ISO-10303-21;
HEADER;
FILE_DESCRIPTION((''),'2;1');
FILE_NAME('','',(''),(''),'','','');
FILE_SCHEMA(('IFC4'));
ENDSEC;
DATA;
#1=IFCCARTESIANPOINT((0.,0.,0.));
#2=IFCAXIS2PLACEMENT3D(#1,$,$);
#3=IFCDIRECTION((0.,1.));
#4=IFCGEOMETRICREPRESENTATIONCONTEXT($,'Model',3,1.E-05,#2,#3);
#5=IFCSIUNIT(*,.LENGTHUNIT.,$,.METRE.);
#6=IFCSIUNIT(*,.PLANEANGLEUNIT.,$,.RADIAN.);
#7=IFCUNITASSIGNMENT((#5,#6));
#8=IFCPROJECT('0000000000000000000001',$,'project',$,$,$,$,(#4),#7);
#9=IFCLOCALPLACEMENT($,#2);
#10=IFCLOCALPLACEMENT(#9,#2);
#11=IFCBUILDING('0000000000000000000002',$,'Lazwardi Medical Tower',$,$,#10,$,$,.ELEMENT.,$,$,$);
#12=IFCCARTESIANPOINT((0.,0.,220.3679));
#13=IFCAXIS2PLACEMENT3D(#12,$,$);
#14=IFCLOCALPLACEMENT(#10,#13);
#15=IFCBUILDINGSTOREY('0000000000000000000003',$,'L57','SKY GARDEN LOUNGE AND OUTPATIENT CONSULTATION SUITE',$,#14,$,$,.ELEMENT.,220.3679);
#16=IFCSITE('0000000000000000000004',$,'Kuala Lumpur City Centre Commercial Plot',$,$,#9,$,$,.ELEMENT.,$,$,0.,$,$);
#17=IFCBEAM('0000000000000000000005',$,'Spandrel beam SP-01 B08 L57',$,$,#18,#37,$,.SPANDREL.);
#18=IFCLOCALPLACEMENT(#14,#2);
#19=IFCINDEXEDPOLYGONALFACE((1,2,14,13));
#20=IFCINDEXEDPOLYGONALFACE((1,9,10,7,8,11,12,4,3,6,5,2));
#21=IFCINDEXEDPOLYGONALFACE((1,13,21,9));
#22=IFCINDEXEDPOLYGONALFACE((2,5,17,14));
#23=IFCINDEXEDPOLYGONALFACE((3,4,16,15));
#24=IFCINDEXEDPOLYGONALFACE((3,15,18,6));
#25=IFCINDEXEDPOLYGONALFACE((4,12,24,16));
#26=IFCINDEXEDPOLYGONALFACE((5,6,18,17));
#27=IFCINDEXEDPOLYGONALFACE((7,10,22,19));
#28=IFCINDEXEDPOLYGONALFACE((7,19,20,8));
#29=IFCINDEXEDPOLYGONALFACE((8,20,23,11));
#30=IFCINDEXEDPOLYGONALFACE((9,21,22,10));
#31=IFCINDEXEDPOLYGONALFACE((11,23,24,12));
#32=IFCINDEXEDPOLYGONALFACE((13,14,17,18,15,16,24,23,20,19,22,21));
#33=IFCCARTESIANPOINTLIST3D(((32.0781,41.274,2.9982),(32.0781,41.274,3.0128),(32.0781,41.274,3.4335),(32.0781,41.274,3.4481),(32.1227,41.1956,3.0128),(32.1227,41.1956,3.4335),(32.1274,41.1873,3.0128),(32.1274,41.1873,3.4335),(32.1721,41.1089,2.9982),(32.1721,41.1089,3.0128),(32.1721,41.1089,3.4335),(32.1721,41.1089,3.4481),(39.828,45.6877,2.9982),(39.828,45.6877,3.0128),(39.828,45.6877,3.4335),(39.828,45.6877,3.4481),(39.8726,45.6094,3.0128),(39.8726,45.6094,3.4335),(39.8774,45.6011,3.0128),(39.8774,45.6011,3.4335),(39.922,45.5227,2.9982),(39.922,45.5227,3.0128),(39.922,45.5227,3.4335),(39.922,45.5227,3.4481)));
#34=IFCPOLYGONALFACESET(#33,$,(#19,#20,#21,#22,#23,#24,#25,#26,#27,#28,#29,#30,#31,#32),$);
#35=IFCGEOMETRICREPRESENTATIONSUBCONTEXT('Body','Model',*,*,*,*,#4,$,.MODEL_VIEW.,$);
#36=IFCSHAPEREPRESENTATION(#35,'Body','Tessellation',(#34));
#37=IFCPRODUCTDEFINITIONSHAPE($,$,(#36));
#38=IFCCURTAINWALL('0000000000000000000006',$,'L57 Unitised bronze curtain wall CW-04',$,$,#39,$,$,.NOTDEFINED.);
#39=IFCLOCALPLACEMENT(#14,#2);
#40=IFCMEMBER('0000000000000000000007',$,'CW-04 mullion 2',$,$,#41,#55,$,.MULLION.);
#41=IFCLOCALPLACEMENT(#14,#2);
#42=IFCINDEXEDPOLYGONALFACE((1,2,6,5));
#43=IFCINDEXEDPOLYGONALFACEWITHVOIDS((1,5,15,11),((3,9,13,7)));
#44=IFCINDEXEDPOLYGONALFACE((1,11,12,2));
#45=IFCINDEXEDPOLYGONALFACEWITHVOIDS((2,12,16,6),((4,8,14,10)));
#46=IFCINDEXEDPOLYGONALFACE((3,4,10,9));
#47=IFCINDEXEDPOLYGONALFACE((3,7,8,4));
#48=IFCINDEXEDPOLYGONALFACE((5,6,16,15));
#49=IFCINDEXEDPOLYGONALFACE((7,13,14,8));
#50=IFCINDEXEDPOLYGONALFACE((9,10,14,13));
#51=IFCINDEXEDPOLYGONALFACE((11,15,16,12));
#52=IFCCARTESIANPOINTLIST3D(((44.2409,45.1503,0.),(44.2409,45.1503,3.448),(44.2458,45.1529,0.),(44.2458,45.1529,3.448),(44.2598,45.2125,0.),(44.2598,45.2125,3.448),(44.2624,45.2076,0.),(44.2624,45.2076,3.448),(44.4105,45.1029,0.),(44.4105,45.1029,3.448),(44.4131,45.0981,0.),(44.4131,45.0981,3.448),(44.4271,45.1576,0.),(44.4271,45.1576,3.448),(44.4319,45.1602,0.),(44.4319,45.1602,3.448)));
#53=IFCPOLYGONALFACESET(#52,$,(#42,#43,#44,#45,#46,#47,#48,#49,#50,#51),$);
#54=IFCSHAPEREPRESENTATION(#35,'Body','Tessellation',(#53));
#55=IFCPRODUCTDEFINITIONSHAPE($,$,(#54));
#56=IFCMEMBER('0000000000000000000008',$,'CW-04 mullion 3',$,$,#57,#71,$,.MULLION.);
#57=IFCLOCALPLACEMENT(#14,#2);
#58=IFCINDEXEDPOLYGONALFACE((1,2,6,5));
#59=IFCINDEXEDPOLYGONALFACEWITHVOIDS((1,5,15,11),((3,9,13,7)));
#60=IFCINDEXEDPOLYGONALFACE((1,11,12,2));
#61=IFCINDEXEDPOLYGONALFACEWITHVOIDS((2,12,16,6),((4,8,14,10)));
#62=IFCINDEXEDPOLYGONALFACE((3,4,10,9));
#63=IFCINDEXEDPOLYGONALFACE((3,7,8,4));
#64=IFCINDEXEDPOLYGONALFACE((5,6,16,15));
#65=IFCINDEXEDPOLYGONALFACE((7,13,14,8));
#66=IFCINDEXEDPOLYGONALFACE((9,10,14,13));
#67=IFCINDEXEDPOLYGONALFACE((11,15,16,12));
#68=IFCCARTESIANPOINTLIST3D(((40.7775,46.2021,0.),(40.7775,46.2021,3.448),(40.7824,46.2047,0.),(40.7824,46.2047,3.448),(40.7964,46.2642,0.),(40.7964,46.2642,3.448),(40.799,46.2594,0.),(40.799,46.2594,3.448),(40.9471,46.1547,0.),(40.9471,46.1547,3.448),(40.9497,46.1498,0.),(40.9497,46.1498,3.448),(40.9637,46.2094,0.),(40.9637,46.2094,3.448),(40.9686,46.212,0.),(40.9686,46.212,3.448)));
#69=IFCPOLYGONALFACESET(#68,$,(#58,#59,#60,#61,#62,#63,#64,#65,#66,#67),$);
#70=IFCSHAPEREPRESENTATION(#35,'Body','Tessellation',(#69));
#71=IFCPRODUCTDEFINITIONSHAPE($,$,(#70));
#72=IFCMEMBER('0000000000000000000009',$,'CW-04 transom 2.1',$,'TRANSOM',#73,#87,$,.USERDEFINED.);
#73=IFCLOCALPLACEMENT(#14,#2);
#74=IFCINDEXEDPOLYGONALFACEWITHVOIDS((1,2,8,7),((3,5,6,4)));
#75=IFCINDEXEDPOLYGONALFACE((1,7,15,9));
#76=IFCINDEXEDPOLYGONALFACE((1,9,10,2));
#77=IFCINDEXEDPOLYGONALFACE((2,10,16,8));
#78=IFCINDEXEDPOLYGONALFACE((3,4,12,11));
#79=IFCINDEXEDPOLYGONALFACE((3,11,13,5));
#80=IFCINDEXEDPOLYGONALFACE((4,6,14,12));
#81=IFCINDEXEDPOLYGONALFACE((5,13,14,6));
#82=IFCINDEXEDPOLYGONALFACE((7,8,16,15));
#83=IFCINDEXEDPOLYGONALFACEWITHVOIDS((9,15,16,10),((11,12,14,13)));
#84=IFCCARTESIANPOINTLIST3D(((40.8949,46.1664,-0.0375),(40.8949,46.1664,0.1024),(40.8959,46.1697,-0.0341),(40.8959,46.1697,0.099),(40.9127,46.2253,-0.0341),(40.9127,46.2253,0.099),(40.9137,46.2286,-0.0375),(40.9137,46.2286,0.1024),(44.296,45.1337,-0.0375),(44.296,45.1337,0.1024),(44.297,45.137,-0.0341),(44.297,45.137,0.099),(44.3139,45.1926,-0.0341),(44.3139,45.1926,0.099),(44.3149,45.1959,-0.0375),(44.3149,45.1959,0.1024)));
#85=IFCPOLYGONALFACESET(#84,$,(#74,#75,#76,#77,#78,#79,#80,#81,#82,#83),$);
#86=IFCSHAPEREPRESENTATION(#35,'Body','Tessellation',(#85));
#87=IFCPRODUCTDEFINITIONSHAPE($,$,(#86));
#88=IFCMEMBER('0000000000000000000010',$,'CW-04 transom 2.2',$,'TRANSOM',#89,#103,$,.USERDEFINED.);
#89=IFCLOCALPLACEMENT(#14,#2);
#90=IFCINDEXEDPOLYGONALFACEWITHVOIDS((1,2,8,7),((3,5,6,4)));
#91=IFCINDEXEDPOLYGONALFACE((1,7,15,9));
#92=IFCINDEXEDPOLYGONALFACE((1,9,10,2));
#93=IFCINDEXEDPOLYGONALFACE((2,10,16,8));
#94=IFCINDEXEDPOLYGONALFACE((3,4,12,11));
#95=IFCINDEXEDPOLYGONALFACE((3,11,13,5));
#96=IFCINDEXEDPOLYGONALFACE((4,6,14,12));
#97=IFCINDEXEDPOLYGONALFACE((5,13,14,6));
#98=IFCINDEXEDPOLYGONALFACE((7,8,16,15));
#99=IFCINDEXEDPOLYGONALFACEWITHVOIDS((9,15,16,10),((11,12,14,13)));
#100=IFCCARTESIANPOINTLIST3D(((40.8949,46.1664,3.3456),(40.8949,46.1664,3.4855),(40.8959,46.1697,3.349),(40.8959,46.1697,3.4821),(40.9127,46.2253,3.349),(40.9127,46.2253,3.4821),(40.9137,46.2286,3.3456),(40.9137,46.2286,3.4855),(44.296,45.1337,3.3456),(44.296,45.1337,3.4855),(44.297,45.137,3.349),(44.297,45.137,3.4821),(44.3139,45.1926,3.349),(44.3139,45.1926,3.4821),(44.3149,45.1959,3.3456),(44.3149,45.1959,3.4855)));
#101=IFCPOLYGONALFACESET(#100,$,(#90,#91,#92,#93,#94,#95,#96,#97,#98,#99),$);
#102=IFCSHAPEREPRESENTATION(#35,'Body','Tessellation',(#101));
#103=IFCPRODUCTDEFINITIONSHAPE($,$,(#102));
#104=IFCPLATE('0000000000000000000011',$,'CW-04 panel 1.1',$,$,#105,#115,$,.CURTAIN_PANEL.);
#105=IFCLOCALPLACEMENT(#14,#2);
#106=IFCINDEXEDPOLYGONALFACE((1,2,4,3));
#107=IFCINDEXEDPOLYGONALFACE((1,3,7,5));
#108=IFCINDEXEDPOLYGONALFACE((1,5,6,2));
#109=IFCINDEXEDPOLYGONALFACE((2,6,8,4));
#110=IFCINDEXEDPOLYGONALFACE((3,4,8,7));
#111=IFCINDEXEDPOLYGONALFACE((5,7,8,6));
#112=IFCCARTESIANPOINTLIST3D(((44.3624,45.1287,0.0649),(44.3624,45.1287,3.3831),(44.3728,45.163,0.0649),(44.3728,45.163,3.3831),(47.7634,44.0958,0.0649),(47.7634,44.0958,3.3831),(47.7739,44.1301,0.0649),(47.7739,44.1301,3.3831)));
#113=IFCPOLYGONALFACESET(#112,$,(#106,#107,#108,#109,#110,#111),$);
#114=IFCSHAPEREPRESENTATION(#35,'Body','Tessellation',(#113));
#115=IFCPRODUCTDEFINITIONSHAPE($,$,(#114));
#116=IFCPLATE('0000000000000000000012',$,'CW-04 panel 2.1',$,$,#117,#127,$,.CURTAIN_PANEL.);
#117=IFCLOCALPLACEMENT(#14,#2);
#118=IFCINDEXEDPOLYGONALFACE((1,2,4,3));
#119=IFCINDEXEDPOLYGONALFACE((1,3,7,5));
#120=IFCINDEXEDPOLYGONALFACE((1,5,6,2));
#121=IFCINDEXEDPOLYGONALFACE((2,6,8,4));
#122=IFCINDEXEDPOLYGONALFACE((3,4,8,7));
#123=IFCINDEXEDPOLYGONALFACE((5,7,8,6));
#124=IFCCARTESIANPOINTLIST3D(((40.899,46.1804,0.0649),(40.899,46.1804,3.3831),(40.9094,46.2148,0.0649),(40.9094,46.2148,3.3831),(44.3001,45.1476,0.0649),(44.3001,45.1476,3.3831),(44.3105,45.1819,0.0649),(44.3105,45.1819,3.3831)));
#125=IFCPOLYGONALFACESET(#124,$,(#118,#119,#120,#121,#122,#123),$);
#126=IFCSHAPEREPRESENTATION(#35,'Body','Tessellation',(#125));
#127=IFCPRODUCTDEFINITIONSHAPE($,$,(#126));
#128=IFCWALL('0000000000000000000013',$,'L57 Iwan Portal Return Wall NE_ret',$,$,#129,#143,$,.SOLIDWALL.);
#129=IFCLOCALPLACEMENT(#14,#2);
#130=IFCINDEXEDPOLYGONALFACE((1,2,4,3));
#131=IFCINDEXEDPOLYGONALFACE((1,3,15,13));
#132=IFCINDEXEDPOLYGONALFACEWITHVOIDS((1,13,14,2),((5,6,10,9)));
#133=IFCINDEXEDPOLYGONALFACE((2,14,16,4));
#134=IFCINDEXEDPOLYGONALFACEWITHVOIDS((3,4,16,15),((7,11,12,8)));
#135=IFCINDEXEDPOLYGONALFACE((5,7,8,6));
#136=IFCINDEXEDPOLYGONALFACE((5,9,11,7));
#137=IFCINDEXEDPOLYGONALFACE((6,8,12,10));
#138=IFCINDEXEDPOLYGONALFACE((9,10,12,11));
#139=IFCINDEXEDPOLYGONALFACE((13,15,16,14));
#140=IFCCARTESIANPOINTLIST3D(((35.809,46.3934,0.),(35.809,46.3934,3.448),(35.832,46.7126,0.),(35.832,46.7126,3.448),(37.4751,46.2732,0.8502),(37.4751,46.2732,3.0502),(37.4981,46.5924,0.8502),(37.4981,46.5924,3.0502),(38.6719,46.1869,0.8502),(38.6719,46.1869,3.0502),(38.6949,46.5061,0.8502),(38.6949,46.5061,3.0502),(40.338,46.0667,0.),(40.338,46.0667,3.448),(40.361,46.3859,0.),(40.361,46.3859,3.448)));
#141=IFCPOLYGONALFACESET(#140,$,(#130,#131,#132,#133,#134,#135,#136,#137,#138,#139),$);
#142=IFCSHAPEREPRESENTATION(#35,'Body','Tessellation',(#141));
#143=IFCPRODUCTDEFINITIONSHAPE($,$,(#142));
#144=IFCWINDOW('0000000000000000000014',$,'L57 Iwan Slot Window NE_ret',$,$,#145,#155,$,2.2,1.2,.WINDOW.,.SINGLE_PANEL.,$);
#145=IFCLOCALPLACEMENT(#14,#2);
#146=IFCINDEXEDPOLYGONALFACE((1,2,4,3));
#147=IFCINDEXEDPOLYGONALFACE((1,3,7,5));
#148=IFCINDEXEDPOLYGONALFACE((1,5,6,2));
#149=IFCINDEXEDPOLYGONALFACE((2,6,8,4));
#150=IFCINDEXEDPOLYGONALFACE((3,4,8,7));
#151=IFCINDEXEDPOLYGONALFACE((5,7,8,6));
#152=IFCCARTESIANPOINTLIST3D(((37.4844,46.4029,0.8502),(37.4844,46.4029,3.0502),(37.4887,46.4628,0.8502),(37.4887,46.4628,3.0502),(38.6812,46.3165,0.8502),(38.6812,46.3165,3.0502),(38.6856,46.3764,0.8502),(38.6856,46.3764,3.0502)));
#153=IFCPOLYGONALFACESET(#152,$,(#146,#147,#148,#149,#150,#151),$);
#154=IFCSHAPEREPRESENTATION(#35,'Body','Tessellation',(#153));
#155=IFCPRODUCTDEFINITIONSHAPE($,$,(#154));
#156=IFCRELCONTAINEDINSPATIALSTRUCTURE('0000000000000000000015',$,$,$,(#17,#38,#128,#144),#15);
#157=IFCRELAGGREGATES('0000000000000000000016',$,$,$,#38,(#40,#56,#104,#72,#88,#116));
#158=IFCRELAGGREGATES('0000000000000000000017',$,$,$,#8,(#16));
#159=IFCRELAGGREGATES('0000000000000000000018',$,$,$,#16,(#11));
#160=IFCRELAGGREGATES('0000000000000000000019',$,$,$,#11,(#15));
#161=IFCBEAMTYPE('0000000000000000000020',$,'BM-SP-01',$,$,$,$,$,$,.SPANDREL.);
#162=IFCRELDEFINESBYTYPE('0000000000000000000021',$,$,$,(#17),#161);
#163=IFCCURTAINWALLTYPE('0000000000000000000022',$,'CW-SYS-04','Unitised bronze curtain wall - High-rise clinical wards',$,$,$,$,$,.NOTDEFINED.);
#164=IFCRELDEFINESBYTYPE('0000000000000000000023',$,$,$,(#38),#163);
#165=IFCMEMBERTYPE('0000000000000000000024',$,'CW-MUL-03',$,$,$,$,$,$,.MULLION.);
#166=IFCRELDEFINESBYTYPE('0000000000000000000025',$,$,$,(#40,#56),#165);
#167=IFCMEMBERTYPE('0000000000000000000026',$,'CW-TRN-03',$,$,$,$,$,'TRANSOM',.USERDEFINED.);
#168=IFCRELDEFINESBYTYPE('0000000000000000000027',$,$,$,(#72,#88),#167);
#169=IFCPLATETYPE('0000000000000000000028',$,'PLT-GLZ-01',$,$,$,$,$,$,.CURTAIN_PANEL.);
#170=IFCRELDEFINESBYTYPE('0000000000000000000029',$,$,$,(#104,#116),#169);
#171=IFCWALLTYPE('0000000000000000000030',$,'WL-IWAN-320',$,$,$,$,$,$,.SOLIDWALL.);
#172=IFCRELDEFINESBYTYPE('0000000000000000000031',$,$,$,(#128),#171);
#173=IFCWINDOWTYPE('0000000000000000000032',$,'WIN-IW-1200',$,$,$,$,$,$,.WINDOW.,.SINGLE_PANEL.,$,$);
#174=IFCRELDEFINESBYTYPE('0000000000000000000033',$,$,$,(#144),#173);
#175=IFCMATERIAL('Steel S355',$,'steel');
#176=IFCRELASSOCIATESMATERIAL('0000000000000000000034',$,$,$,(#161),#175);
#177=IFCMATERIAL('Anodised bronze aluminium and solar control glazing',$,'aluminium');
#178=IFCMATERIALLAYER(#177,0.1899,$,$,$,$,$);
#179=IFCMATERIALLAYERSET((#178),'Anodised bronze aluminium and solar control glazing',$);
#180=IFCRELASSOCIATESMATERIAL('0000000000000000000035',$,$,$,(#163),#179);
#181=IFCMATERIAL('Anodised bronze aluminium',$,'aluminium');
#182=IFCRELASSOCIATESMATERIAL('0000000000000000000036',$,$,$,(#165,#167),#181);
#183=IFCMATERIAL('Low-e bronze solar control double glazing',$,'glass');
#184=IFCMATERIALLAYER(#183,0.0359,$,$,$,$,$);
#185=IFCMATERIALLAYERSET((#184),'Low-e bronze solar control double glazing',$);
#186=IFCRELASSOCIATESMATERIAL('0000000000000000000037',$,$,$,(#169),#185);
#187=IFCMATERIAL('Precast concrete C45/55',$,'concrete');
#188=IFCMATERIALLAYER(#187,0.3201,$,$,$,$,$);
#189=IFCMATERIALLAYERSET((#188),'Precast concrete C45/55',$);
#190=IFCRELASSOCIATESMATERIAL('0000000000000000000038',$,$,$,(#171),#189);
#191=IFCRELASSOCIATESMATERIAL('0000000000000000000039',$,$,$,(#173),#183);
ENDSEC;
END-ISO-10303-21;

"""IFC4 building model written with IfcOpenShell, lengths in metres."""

from ifc_helpers import new_model, si_unit, direction, frame, frame_2d, origin, origin_2d, place, context, subcontext, project, spatial, rectangle, hollow_rectangle, i_section, extrude, material, layer, layer_set, material_profile, profile_set, type_object, element, fill, aggregate, save


model = new_model("IFC4")

# Units and contexts
model_context = context("Model", 3, precision=1e-05, world=origin(), true_north=direction((0.0, 1.0)))
body_context = subcontext(model_context, "Body", "Model", "MODEL_VIEW")
ifc_project = project(units=[si_unit("LENGTHUNIT", "METRE"), si_unit("PLANEANGLEUNIT", "RADIAN")], contexts=[model_context])

# Site, building, storey
site_placement = place(None, origin())
site = spatial("IfcSite", under=ifc_project, at=site_placement, Name="Kuala Lumpur City Centre Commercial Plot", CompositionType="ELEMENT", RefElevation=0.0)
building_placement = place(site_placement, origin())
building = spatial("IfcBuilding", under=site, at=building_placement, Name="Lazwardi Medical Tower", CompositionType="ELEMENT")
storey_placement = place(building_placement, frame((0.0, 0.0, 220.3679)))
storey = spatial("IfcBuildingStorey", under=building, at=storey_placement, Name="L57", Description="SKY GARDEN LOUNGE AND OUTPATIENT CONSULTATION SUITE", CompositionType="ELEMENT", Elevation=220.3679)

# Beam
ifc_material_1 = material(Name="Steel S355", Category="steel")
ifc_material_profile_1 = material_profile(ifc_material_1, i_section(OverallWidth=0.1899, OverallDepth=0.45, WebThickness=0.0095, FlangeThickness=0.0146, at=origin_2d()), Name="IPE 450")
ifc_profile_set_1 = profile_set([ifc_material_profile_1], Name="Steel S355")
beam_type_1 = type_object("IfcBeamType", Name="BM-SP-01", PredefinedType="SPANDREL", material=ifc_profile_set_1)
beam_1_placement = place(storey_placement, frame((39.875, 45.6052, 3.2231), z_axis=(-0.868955, -0.494891, 0.0), x_axis=(0.494891, -0.868955, 0.0)))
element("IfcBeam", 1, at=beam_1_placement, inside=storey, type_object=beam_type_1, Name="Spandrel beam SP-01 B08 L57", PredefinedType="SPANDREL", context=body_context, shape_type="SweptSolid", body=[
    extrude(i_section(OverallWidth=0.1899, OverallDepth=0.45, WebThickness=0.0095, FlangeThickness=0.0146, at=origin_2d()), origin(), (0.0, 0.0, 1.0), 8.9187),
])

# Curtain wall, members, plates
ifc_material_2 = material(Name="Anodised bronze aluminium and solar control glazing", Category="aluminium")
ifc_layer_1 = layer(ifc_material_2, 0.1899)
ifc_layer_set_1 = layer_set([ifc_layer_1], Name="Anodised bronze aluminium and solar control glazing")
curtain_wall_type = type_object("IfcCurtainWallType", Name="CW-SYS-04", Description="Unitised bronze curtain wall - High-rise clinical wards", PredefinedType="NOTDEFINED", material=ifc_layer_set_1)
curtain_wall_placement = place(storey_placement, origin())
curtain_wall = element("IfcCurtainWall", 2, at=curtain_wall_placement, inside=storey, type_object=curtain_wall_type, Name="L57 Unitised bronze curtain wall CW-04", PredefinedType="NOTDEFINED")
ifc_material_3 = material(Name="Anodised bronze aluminium", Category="aluminium")
ifc_material_profile_2 = material_profile(ifc_material_3, hollow_rectangle(XDim=0.0649, YDim=0.1799, WallThickness=0.0039, at=origin_2d()), Name="ALU-MULLION 180x65x4")
ifc_profile_set_2 = profile_set([ifc_material_profile_2], Name="Anodised bronze aluminium")
member_type_1 = type_object("IfcMemberType", Name="CW-MUL-03", PredefinedType="MULLION", material=ifc_profile_set_2)
member_1_placement = place(storey_placement, frame((44.3364, 45.1553, 0.0), z_axis=(0.0, 0.0, 1.0), x_axis=(-0.290582, -0.95685, 0.0)))
member_1 = element("IfcMember", 3, at=member_1_placement, type_object=member_type_1, Name="CW-04 mullion 2", PredefinedType="MULLION", context=body_context, shape_type="SweptSolid", body=[
    extrude(hollow_rectangle(XDim=0.0649, YDim=0.1799, WallThickness=0.0039, at=origin_2d()), origin(), (0.0, 0.0, 1.0), 3.448),
])
member_2_placement = place(storey_placement, frame((40.873, 46.207, 0.0), z_axis=(0.0, 0.0, 1.0), x_axis=(-0.290582, -0.95685, 0.0)))
member_2 = element("IfcMember", 4, at=member_2_placement, type_object=member_type_1, Name="CW-04 mullion 3", PredefinedType="MULLION", context=body_context, shape_type="SweptSolid", body=[
    extrude(hollow_rectangle(XDim=0.0649, YDim=0.1799, WallThickness=0.0039, at=origin_2d()), origin(), (0.0, 0.0, 1.0), 3.448),
])
ifc_material_profile_3 = material_profile(ifc_material_3, hollow_rectangle(XDim=0.0649, YDim=0.1399, WallThickness=0.0034, at=origin_2d()), Name="ALU-TRANSOM 140x65x3.5")
ifc_profile_set_3 = profile_set([ifc_material_profile_3], Name="Anodised bronze aluminium")
member_type_2 = type_object("IfcMemberType", Name="CW-TRN-03", ElementType="TRANSOM", PredefinedType="USERDEFINED", material=ifc_profile_set_3)
member_3_placement = place(storey_placement, frame((44.3054, 45.1648, 0.0325), z_axis=(-0.956863, 0.290541, 0.0), x_axis=(-0.290541, -0.956863, 0.0)))
member_3 = element("IfcMember", 5, at=member_3_placement, type_object=member_type_2, Name="CW-04 transom 2.1", ObjectType="TRANSOM", PredefinedType="USERDEFINED", context=body_context, shape_type="SweptSolid", body=[
    extrude(hollow_rectangle(XDim=0.0649, YDim=0.1399, WallThickness=0.0034, at=origin_2d()), origin(), (0.0, 0.0, 1.0), 3.5544),
])
member_4_placement = place(storey_placement, frame((44.3054, 45.1648, 3.4155), z_axis=(-0.956863, 0.290541, 0.0), x_axis=(-0.290541, -0.956863, 0.0)))
member_4 = element("IfcMember", 6, at=member_4_placement, type_object=member_type_2, Name="CW-04 transom 2.2", ObjectType="TRANSOM", PredefinedType="USERDEFINED", context=body_context, shape_type="SweptSolid", body=[
    extrude(hollow_rectangle(XDim=0.0649, YDim=0.1399, WallThickness=0.0034, at=origin_2d()), origin(), (0.0, 0.0, 1.0), 3.5544),
])
ifc_material_4 = material(Name="Low-e bronze solar control double glazing", Category="glass")
ifc_layer_2 = layer(ifc_material_4, 0.0359)
ifc_layer_set_2 = layer_set([ifc_layer_2], Name="Low-e bronze solar control double glazing")
plate_type = type_object("IfcPlateType", Name="PLT-GLZ-01", PredefinedType="CURTAIN_PANEL", material=ifc_layer_set_2)
plate_1_placement = place(storey_placement, frame((46.0681, 44.6294, 0.0649), z_axis=(0.0, 0.0, 1.0), x_axis=(-0.95685, 0.290582, 0.0)))
plate_1 = element("IfcPlate", 7, at=plate_1_placement, type_object=plate_type, Name="CW-04 panel 1.1", PredefinedType="CURTAIN_PANEL", context=body_context, shape_type="SweptSolid", body=[
    extrude(rectangle(XDim=3.5544, YDim=0.0359, at=origin_2d()), origin(), (0.0, 0.0, 1.0), 3.3181),
])
plate_2_placement = place(storey_placement, frame((42.6047, 45.6812, 0.0649), z_axis=(0.0, 0.0, 1.0), x_axis=(-0.95685, 0.290582, 0.0)))
plate_2 = element("IfcPlate", 8, at=plate_2_placement, type_object=plate_type, Name="CW-04 panel 2.1", PredefinedType="CURTAIN_PANEL", context=body_context, shape_type="SweptSolid", body=[
    extrude(rectangle(XDim=3.5544, YDim=0.0359, at=origin_2d()), origin(), (0.0, 0.0, 1.0), 3.3181),
])
aggregate(curtain_wall, [member_1, member_2, plate_1, member_3, member_4, plate_2])

# Wall, opening, window
ifc_material_5 = material(Name="Precast concrete C45/55", Category="concrete")
ifc_layer_3 = layer(ifc_material_5, 0.3201)
ifc_layer_set_3 = layer_set([ifc_layer_3], Name="Precast concrete C45/55")
wall_type = type_object("IfcWallType", Name="WL-IWAN-320", PredefinedType="SOLIDWALL", material=ifc_layer_set_3)
wall_1_placement = place(storey_placement, frame((40.3496, 46.2263, 0.0), z_axis=(0.0, 0.0, 1.0), x_axis=(-0.997409, 0.071939, 0.0)))
wall_1 = element("IfcWall", 9, at=wall_1_placement, inside=storey, type_object=wall_type, Name="L57 Iwan Portal Return Wall NE_ret", PredefinedType="SOLIDWALL", context=body_context, shape_type="SweptSolid", body=[
    extrude(rectangle(XDim=4.5408, YDim=0.3201, at=frame_2d((2.2705, 0.0))), origin(), (0.0, 0.0, 1.0), 3.448),
])
opening_1_placement = place(wall_1_placement, frame((1.6704, 0.0, 0.8501)))
opening_1 = element("IfcOpeningElement", 10, at=opening_1_placement, cuts=wall_1, PredefinedType="OPENING", context=body_context, shape_type="SweptSolid", body=[
    extrude(rectangle(XDim=1.2, YDim=2.2, at=frame_2d((0.6001, 1.1001))), frame((0.0, 0.1699, 0.0), z_axis=(0.0, -1.0, 0.0), x_axis=(1.0, 0.0, 0.0)), (0.0, 0.0, 1.0), 0.3401),
])
window_type_1 = type_object("IfcWindowType", Name="WIN-IW-1200", PartitioningType="SINGLE_PANEL", PredefinedType="WINDOW", material=ifc_material_4)
window_1_placement = place(opening_1_placement, origin())
window_1 = element("IfcWindow", 11, at=window_1_placement, inside=storey, type_object=window_type_1, Name="L57 Iwan Slot Window NE_ret", OverallHeight=2.2, OverallWidth=1.2, PartitioningType="SINGLE_PANEL", PredefinedType="WINDOW", context=body_context, shape_type="SweptSolid", body=[
    extrude(rectangle(XDim=1.2, YDim=2.2, at=frame_2d((0.6001, 1.1001))), frame((0.0, 0.03, 0.0), z_axis=(0.0, -1.0, 0.0), x_axis=(1.0, 0.0, 0.0)), (0.0, 0.0, 1.0), 0.0601),
])
fill(opening_1, window_1)

save(model, "model.ifc")
